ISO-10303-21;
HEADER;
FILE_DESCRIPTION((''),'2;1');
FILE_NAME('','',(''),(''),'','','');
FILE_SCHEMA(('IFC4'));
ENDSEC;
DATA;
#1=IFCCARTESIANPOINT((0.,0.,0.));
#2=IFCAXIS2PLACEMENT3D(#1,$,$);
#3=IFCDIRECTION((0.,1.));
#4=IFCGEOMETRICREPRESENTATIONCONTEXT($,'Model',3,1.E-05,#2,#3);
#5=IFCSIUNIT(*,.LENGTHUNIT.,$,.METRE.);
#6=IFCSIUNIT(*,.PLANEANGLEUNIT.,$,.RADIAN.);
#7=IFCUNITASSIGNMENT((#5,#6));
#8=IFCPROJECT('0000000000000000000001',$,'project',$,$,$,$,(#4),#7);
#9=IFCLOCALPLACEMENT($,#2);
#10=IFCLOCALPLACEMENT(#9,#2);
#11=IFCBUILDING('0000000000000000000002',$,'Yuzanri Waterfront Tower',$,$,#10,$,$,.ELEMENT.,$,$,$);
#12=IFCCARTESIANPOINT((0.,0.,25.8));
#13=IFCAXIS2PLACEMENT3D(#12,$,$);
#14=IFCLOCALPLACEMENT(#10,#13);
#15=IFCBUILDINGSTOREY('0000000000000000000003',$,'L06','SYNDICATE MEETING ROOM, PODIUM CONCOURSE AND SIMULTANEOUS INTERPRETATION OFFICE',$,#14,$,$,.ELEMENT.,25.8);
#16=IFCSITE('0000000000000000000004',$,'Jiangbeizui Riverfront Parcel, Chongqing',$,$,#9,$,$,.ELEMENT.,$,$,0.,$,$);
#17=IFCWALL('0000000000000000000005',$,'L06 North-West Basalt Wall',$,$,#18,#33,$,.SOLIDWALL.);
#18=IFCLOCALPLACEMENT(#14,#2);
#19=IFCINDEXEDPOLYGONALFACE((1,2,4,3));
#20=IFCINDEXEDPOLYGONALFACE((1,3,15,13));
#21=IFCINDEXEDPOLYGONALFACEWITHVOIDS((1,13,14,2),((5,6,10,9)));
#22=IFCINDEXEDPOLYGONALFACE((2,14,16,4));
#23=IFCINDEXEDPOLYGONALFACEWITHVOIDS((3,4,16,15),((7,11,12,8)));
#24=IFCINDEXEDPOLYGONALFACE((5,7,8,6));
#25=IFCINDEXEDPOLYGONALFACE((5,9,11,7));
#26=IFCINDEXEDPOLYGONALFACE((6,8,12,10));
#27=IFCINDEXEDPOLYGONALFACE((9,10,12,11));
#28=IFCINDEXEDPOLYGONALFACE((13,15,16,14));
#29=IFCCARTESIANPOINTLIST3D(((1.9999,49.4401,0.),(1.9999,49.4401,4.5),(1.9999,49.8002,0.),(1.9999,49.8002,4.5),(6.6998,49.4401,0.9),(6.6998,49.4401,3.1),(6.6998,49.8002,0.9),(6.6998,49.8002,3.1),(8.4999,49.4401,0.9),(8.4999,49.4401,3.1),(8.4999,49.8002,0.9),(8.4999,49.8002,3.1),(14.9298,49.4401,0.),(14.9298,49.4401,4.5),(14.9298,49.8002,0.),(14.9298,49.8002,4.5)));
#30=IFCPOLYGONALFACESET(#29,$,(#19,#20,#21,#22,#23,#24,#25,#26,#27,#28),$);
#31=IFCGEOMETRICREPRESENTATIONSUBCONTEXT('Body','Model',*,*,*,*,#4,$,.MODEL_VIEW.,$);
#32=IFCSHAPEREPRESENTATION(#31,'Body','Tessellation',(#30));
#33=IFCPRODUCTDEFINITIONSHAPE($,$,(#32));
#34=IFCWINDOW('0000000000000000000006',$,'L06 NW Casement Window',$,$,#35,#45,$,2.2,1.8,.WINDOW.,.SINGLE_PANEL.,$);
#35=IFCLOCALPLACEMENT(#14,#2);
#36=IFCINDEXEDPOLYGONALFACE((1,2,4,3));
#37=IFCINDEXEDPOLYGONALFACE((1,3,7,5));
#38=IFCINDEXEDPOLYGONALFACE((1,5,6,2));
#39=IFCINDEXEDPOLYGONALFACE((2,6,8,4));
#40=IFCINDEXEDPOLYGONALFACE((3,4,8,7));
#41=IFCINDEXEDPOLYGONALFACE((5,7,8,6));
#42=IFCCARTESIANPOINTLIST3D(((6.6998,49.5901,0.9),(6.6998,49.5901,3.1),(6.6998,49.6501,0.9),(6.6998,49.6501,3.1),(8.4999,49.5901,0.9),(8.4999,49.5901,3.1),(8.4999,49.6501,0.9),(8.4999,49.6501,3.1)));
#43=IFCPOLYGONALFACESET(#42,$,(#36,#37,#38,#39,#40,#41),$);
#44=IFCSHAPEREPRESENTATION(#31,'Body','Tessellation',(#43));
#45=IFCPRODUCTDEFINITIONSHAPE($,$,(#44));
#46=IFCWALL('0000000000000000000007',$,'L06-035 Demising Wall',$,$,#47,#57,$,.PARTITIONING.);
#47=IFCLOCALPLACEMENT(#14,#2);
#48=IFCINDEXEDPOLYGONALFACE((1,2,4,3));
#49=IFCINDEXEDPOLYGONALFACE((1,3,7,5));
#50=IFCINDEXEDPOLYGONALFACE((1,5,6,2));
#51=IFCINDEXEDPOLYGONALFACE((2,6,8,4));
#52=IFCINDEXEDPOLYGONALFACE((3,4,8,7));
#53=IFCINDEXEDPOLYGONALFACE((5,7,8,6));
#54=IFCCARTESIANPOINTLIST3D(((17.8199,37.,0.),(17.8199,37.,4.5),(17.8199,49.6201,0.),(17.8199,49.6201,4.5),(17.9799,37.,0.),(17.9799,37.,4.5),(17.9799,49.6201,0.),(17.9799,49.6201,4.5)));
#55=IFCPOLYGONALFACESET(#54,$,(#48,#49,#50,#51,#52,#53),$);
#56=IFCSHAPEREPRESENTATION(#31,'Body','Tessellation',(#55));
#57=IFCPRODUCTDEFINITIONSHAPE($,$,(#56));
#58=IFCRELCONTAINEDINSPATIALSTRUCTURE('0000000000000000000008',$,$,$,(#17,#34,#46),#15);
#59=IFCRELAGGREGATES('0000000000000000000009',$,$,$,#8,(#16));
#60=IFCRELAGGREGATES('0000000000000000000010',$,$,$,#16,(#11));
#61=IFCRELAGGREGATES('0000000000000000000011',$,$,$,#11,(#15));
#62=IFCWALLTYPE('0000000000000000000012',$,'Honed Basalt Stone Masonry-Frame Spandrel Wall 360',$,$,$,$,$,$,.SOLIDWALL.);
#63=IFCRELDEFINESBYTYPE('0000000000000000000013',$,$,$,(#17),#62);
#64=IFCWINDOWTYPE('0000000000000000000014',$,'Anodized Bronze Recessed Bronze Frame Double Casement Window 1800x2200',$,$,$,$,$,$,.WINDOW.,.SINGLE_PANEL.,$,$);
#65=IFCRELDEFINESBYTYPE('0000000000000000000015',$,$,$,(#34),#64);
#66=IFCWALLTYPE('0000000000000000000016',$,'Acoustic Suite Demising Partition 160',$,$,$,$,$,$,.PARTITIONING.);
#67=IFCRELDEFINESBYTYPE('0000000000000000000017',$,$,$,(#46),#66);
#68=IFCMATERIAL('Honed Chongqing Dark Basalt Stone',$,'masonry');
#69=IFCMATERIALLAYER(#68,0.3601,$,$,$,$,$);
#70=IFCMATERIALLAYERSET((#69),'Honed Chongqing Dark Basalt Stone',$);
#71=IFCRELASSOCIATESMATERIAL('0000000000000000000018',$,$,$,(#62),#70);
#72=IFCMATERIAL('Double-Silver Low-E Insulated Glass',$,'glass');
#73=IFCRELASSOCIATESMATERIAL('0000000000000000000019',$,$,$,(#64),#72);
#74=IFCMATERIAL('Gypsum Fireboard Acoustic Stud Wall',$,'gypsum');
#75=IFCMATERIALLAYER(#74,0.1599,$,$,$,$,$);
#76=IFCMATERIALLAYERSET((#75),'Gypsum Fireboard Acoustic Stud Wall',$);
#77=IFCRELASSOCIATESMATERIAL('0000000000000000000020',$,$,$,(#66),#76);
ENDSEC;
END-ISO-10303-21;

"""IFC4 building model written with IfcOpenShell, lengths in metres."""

from ifc_helpers import new_model, si_unit, direction, frame, frame_2d, origin, place, context, subcontext, project, spatial, rectangle, extrude, source, transform, mapped, material, layer, layer_set, type_object, element, fill, save


model = new_model("IFC4")

# Units and contexts
model_context = context("Model", 3, precision=1e-05, world=origin(), true_north=direction((0.0, 1.0)))
body_context = subcontext(model_context, "Body", "Model", "MODEL_VIEW")
ifc_project = project(units=[si_unit("LENGTHUNIT", "METRE"), si_unit("PLANEANGLEUNIT", "RADIAN")], contexts=[model_context])

# Site, building, storey
site_placement = place(None, origin())
site = spatial("IfcSite", under=ifc_project, at=site_placement, Name="Jiangbeizui Riverfront Parcel, Chongqing", CompositionType="ELEMENT", RefElevation=0.0)
building_placement = place(site_placement, origin())
building = spatial("IfcBuilding", under=site, at=building_placement, Name="Yuzanri Waterfront Tower", CompositionType="ELEMENT")
storey_placement = place(building_placement, frame((0.0, 0.0, 25.8)))
storey = spatial("IfcBuildingStorey", under=building, at=storey_placement, Name="L06", Description="SYNDICATE MEETING ROOM, PODIUM CONCOURSE AND SIMULTANEOUS INTERPRETATION OFFICE", CompositionType="ELEMENT", Elevation=25.8)

# Wall, opening, window
ifc_material_1 = material(Name="Honed Chongqing Dark Basalt Stone", Category="masonry")
ifc_layer_1 = layer(ifc_material_1, 0.3601)
ifc_layer_set_1 = layer_set([ifc_layer_1], Name="Honed Chongqing Dark Basalt Stone")
wall_type_1 = type_object("IfcWallType", Name="Honed Basalt Stone Masonry-Frame Spandrel Wall 360", PredefinedType="SOLIDWALL", material=ifc_layer_set_1)
wall_1_placement = place(storey_placement, frame((2.0, 49.6201, 0.0), z_axis=(0.0, 0.0, 1.0), x_axis=(1.0, 0.0, 0.0)))
wall_1 = element("IfcWall", 1, at=wall_1_placement, inside=storey, type_object=wall_type_1, Name="L06 North-West Basalt Wall", PredefinedType="SOLIDWALL", context=body_context, shape_type="SweptSolid", body=[
    extrude(rectangle(XDim=12.9299, YDim=0.3601, at=frame_2d((6.4648, 0.0))), origin(), (0.0, 0.0, 1.0), 4.5),
])
opening_1_placement = place(wall_1_placement, frame((4.7, 0.0, 0.8999)))
opening_1 = element("IfcOpeningElement", 2, at=opening_1_placement, cuts=wall_1, PredefinedType="OPENING", context=body_context, shape_type="SweptSolid", body=[
    extrude(rectangle(XDim=1.8, YDim=2.2, at=frame_2d((0.8999, 1.1001))), frame((0.0, 0.1948, 0.0), z_axis=(0.0, -1.0, 0.0), x_axis=(1.0, 0.0, 0.0)), (0.0, 0.0, 1.0), 0.3899),
])
ifc_material_2 = material(Name="Double-Silver Low-E Insulated Glass", Category="glass")
window_type = type_object("IfcWindowType", Name="Anodized Bronze Recessed Bronze Frame Double Casement Window 1800x2200", PartitioningType="SINGLE_PANEL", PredefinedType="WINDOW", material=ifc_material_2)
shared_shape_1 = source(origin(), body_context, "Body", "SweptSolid", [
    extrude(rectangle(XDim=1.8, YDim=2.2, at=frame_2d((0.8999, 1.1001))), frame((0.0, 0.03, 0.0), z_axis=(0.0, -1.0, 0.0), x_axis=(1.0, 0.0, 0.0)), (0.0, 0.0, 1.0), 0.0601),
])
window_placement = place(opening_1_placement, origin())
window = element("IfcWindow", 3, at=window_placement, inside=storey, type_object=window_type, Name="L06 NW Casement Window", OverallHeight=2.2, OverallWidth=1.8, PartitioningType="SINGLE_PANEL", PredefinedType="WINDOW", context=body_context, shape_type="MappedRepresentation", body=[
    mapped(shared_shape_1, transform((0.0, 0.0, 0.0), scale=1.0)),
])
fill(opening_1, window)

# Wall
ifc_material_3 = material(Name="Gypsum Fireboard Acoustic Stud Wall", Category="gypsum")
ifc_layer_2 = layer(ifc_material_3, 0.1599)
ifc_layer_set_2 = layer_set([ifc_layer_2], Name="Gypsum Fireboard Acoustic Stud Wall")
wall_type_2 = type_object("IfcWallType", Name="Acoustic Suite Demising Partition 160", PredefinedType="PARTITIONING", material=ifc_layer_set_2)
shared_shape_2 = source(origin(), body_context, "Body", "SweptSolid", [
    extrude(rectangle(XDim=12.6201, YDim=0.1599, at=frame_2d((6.3101, 0.0))), origin(), (0.0, 0.0, 1.0), 4.5),
])
wall_2_placement = place(storey_placement, frame((17.8999, 37.0, 0.0), z_axis=(0.0, 0.0, 1.0), x_axis=(0.0, 1.0, 0.0)))
element("IfcWall", 4, at=wall_2_placement, inside=storey, type_object=wall_type_2, Name="L06-035 Demising Wall", PredefinedType="PARTITIONING", context=body_context, shape_type="MappedRepresentation", body=[
    mapped(shared_shape_2, transform((0.0, 0.0, 0.0), scale=1.0)),
])

save(model, "model.ifc")
